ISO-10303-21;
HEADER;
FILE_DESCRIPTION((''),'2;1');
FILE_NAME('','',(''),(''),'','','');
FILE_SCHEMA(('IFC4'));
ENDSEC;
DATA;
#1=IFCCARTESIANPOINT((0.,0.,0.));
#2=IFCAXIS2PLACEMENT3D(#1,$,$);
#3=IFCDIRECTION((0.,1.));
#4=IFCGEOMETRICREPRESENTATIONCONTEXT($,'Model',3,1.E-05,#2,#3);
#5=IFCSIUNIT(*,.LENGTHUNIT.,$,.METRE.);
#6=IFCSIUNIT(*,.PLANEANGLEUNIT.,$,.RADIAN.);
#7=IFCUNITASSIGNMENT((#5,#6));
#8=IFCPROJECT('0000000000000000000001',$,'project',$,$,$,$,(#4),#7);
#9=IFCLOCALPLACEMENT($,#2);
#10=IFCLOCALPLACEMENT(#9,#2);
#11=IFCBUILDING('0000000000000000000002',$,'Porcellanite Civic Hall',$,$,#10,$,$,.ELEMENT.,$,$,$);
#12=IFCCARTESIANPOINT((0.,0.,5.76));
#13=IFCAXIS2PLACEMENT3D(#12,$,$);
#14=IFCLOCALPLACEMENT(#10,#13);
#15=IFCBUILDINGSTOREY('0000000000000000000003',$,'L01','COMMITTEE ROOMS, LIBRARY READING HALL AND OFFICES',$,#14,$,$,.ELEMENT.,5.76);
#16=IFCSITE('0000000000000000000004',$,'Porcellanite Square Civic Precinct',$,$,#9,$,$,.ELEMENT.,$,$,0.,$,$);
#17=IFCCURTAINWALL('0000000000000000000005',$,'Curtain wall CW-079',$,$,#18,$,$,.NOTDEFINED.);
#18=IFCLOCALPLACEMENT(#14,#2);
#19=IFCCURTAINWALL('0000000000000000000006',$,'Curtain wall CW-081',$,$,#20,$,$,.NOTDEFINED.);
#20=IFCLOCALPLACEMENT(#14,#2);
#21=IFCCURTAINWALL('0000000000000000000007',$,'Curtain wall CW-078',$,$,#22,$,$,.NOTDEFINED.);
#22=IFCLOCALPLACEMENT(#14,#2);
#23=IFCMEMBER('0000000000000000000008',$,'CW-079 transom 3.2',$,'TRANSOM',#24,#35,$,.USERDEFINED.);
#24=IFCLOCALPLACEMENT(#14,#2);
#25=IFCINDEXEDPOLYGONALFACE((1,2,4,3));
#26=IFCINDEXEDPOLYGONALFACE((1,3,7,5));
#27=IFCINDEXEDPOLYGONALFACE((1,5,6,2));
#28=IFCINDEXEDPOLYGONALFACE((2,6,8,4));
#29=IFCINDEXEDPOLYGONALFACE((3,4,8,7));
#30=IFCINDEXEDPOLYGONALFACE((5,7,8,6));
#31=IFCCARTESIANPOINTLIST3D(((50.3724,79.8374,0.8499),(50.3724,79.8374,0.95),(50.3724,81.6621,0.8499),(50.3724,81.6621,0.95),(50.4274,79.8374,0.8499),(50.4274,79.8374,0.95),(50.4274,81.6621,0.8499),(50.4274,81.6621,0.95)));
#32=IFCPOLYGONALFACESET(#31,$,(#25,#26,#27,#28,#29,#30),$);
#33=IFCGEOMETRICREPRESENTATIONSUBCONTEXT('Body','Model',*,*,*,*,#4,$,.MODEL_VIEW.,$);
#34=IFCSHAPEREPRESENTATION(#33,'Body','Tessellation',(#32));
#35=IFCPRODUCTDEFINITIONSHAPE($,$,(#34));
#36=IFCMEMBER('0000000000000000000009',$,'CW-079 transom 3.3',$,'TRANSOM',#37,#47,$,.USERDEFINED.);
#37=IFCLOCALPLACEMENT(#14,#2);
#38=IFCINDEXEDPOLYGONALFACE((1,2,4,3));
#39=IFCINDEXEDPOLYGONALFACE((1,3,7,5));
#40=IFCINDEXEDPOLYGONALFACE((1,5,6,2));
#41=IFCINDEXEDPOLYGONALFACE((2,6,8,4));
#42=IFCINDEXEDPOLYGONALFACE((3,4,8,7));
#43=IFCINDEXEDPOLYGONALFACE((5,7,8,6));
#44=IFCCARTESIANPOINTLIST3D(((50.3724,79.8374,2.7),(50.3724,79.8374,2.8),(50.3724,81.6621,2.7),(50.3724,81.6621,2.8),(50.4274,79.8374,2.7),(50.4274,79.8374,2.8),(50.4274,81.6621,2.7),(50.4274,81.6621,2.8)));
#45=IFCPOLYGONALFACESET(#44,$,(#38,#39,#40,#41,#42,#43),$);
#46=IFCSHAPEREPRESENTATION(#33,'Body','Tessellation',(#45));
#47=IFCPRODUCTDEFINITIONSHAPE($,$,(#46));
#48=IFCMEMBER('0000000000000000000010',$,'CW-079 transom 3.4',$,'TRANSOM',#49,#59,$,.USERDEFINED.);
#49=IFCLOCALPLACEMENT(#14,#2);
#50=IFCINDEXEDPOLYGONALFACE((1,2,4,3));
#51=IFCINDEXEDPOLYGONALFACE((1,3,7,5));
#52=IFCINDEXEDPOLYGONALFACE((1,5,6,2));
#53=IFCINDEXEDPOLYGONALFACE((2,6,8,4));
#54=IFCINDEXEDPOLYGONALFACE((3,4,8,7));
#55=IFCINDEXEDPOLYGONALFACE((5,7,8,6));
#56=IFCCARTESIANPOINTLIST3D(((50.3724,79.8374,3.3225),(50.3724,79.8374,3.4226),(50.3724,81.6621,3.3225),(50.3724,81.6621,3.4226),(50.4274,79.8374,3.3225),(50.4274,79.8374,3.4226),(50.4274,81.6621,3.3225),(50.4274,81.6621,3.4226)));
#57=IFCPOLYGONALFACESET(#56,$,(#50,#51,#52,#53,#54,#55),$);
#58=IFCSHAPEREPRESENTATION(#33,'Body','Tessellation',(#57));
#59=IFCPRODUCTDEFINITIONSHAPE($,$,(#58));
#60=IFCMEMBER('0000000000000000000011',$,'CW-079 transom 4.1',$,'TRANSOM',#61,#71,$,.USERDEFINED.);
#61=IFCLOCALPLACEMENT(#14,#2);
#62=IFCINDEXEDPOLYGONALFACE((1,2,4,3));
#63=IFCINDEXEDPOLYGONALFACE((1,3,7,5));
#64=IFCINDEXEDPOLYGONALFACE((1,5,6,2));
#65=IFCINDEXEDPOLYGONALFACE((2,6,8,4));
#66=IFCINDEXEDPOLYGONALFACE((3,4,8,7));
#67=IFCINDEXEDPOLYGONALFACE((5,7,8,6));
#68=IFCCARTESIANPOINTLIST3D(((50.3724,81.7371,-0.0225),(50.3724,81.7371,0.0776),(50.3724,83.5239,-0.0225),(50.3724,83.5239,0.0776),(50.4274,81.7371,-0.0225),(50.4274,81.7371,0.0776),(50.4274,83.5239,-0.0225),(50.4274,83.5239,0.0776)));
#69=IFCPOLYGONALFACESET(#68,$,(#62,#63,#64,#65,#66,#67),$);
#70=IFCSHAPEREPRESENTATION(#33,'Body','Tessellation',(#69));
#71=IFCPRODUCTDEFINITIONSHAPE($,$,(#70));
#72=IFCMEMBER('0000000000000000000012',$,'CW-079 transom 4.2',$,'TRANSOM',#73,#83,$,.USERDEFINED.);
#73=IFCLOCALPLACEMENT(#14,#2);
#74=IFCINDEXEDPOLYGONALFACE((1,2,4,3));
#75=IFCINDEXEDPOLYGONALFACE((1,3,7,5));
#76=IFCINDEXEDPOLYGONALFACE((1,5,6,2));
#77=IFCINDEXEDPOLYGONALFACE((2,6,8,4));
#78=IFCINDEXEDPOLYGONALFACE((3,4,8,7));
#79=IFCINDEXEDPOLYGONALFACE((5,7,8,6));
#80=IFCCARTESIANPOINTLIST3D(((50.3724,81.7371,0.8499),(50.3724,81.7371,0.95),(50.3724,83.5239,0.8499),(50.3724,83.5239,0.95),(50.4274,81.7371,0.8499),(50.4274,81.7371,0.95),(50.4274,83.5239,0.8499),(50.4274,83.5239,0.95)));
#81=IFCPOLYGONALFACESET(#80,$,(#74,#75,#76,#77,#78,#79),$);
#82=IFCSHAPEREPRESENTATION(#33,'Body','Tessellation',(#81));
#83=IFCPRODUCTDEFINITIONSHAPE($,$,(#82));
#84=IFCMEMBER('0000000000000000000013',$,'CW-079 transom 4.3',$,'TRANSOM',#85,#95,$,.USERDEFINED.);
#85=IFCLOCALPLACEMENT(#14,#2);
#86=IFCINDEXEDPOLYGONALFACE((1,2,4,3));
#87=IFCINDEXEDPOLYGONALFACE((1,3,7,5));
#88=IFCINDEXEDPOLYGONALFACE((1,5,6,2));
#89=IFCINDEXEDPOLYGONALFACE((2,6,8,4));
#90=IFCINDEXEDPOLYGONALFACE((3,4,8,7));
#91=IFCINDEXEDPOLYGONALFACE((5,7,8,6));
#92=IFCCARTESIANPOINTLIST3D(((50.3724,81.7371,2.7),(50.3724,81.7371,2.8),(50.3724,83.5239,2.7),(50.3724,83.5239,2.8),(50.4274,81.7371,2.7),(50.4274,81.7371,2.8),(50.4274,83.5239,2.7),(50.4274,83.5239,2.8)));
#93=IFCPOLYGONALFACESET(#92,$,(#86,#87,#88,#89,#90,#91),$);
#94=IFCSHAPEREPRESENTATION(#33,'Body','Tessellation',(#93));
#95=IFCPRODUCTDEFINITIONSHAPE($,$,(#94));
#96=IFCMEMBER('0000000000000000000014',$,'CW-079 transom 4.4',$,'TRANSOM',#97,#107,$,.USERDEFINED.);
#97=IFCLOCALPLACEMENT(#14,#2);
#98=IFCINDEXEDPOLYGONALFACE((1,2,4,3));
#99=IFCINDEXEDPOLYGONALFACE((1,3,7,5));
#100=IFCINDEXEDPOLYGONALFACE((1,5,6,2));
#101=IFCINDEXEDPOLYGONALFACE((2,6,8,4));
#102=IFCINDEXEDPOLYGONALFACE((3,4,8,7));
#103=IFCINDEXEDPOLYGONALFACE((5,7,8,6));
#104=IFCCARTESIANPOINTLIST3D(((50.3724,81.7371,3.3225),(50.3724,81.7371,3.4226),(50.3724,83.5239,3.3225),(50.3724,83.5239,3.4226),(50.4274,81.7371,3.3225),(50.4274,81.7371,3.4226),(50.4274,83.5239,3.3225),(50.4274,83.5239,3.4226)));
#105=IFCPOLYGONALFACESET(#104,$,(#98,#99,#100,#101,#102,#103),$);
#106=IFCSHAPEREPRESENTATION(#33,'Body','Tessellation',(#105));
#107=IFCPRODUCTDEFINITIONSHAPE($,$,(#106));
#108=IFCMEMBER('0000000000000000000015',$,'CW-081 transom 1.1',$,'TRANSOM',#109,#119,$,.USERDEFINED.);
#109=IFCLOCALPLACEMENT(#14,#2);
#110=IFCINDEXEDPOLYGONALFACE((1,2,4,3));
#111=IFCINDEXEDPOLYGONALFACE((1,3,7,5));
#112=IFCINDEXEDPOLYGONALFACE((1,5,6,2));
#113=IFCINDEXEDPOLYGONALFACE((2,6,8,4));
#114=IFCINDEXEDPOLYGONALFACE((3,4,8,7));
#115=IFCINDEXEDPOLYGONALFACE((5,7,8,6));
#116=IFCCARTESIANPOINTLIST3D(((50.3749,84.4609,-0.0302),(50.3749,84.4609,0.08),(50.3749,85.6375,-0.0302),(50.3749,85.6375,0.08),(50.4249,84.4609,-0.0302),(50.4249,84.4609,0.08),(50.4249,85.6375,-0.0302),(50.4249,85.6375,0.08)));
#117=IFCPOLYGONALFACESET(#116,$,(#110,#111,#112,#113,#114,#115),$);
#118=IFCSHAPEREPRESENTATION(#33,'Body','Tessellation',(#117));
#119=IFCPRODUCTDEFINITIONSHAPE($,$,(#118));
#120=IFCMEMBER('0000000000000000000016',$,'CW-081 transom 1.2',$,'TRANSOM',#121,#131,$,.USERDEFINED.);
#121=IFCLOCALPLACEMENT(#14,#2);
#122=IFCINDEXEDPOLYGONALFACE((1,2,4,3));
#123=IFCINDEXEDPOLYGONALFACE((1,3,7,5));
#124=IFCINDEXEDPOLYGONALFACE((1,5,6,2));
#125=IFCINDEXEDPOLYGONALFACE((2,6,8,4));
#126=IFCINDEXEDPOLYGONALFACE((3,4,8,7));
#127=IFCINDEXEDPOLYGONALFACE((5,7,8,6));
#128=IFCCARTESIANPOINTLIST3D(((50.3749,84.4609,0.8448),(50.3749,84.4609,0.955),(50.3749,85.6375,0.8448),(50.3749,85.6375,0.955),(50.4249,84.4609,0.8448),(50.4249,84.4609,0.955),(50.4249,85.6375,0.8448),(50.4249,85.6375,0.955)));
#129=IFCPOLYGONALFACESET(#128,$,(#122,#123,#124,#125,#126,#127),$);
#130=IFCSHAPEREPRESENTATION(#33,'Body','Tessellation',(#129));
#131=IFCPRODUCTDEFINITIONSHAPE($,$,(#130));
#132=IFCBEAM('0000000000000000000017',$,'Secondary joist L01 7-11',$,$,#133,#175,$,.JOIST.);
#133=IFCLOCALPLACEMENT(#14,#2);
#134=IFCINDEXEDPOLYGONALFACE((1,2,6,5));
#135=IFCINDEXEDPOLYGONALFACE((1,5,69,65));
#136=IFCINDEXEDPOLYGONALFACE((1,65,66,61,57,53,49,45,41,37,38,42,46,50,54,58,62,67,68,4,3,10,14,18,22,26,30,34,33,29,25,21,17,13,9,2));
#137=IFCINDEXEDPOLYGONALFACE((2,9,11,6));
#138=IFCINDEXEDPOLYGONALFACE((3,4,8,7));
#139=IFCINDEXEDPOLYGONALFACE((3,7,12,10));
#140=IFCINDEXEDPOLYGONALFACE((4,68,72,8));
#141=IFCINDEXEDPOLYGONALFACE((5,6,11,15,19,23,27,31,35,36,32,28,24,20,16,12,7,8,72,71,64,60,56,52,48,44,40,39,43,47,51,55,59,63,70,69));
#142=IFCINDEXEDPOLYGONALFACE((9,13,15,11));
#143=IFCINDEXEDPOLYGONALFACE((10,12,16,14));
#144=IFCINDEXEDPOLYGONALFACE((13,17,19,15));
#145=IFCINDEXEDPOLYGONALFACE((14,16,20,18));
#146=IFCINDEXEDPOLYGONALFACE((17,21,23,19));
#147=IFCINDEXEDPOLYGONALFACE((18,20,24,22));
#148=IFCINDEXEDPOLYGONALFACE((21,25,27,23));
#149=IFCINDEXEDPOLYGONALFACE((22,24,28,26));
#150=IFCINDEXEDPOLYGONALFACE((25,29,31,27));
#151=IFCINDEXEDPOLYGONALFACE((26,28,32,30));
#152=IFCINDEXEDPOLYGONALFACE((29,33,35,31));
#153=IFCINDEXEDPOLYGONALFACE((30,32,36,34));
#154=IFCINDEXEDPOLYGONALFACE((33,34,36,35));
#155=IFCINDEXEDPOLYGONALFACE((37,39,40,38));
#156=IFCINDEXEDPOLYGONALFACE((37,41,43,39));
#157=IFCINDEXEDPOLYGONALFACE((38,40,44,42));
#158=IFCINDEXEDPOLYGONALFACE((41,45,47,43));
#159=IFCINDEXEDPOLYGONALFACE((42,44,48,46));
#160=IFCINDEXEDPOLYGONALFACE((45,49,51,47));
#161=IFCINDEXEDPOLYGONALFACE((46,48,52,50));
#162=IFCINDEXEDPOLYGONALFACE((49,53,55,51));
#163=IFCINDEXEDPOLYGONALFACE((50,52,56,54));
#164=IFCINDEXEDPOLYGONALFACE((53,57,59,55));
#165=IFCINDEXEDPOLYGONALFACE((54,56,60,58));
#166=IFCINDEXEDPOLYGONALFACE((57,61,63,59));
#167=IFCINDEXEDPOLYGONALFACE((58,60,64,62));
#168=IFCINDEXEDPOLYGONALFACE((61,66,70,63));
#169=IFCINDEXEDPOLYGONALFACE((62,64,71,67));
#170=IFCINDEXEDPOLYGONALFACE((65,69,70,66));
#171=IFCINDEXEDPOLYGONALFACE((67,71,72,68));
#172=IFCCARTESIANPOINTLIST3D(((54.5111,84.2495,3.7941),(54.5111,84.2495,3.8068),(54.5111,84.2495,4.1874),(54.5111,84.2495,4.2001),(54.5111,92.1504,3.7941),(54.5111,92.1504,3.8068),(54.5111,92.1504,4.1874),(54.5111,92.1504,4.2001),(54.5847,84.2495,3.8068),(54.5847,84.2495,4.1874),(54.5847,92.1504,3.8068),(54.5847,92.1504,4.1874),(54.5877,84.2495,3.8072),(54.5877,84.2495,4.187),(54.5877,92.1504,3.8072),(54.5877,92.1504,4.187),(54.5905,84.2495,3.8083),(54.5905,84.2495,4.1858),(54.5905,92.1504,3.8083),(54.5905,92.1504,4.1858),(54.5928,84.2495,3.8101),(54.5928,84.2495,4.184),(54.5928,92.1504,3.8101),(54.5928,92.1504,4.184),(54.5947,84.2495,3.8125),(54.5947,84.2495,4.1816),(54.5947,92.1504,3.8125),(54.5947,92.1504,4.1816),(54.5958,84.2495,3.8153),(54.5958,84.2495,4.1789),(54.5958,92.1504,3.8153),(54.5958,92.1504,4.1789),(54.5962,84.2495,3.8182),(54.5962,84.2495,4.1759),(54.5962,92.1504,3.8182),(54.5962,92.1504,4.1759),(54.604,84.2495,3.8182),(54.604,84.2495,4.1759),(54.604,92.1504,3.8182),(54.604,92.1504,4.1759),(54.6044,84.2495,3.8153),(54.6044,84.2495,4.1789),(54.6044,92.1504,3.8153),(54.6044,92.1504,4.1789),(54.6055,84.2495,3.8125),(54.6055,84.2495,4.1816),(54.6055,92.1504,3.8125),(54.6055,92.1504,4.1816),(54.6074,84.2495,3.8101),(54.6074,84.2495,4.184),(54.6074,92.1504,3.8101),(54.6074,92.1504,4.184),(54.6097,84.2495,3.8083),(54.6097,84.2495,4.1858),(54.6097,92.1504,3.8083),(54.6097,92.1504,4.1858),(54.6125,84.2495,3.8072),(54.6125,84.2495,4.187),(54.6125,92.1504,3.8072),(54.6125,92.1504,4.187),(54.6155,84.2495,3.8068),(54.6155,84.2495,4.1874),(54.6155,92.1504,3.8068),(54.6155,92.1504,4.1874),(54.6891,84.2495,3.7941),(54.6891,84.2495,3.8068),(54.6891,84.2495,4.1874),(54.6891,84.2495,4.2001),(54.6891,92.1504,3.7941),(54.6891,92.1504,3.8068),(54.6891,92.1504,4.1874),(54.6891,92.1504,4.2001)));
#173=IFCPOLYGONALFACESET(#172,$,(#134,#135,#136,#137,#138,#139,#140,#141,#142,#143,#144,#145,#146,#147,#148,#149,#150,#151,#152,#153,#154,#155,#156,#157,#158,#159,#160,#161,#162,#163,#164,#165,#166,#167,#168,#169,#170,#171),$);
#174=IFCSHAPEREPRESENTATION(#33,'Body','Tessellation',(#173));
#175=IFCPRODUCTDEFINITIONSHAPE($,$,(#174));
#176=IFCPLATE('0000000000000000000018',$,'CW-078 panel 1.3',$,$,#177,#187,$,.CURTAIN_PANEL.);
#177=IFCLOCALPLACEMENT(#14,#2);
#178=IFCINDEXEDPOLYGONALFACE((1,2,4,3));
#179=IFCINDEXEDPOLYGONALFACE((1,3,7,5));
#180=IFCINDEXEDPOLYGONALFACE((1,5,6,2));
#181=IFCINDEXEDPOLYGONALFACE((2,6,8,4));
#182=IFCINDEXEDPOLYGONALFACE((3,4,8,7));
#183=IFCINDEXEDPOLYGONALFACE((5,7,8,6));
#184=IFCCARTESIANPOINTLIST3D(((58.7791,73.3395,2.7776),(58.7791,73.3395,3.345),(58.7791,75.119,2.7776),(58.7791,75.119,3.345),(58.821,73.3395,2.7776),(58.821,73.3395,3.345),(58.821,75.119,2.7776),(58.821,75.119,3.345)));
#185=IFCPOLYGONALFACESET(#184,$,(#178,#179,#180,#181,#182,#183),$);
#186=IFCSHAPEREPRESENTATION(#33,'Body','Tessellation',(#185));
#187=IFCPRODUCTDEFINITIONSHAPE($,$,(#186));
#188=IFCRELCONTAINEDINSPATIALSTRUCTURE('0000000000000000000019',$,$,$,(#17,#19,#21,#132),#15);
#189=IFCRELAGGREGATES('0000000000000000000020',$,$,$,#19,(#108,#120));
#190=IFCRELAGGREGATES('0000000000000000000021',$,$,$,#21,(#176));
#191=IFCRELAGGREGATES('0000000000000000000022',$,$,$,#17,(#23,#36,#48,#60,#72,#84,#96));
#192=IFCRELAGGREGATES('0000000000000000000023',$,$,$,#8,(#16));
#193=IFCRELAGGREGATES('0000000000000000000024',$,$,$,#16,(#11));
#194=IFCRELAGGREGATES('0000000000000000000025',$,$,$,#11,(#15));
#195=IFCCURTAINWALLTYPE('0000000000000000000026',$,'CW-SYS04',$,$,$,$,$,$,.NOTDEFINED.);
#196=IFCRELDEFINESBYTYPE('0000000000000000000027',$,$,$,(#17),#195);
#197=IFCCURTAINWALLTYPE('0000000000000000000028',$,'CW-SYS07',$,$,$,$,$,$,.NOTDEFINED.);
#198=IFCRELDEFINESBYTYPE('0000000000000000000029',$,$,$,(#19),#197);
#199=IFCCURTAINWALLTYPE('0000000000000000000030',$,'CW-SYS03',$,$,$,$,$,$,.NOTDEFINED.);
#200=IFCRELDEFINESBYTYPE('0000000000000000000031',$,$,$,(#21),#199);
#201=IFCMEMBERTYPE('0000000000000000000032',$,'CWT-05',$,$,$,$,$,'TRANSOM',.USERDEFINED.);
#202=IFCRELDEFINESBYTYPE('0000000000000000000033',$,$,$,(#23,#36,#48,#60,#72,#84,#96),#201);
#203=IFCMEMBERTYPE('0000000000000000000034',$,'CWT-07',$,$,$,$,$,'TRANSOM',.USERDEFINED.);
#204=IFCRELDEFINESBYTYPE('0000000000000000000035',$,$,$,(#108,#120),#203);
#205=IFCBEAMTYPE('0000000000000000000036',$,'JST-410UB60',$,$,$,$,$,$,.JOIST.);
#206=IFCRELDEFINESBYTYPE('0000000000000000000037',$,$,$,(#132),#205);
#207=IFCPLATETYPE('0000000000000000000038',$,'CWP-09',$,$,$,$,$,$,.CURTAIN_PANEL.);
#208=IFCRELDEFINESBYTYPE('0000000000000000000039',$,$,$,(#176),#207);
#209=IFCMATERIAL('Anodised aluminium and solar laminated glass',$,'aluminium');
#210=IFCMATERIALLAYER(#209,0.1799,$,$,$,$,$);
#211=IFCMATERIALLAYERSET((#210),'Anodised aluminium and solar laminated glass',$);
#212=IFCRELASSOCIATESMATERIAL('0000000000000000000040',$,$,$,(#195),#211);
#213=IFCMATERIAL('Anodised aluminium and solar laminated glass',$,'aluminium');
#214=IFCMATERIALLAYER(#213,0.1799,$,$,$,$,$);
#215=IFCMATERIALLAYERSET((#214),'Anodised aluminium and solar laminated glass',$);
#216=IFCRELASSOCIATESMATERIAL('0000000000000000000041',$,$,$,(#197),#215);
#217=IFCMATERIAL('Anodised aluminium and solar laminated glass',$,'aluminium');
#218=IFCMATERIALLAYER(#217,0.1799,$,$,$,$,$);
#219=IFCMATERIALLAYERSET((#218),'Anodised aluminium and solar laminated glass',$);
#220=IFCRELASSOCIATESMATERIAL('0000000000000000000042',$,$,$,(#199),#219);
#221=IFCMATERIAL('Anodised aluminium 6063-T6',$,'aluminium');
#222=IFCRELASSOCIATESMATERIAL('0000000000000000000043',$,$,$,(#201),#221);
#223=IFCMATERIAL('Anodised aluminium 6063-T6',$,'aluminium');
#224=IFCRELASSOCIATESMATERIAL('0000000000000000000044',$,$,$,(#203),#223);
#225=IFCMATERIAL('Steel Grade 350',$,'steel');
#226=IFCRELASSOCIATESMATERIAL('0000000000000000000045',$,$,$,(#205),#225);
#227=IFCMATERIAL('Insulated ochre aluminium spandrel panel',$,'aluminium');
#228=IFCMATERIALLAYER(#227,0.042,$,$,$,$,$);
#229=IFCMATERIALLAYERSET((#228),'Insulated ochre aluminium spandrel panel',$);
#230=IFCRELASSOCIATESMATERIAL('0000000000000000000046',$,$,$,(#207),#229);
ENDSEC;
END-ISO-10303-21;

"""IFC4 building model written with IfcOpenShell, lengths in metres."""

from ifc_helpers import new_model, si_unit, direction, frame, origin, origin_2d, place, context, subcontext, project, spatial, rectangle, i_section, extrude, material, layer, layer_set, material_profile, profile_set, type_object, element, aggregate, save


model = new_model("IFC4")

# Units and contexts
model_context = context("Model", 3, precision=1e-05, world=origin(), true_north=direction((0.0, 1.0)))
body_context = subcontext(model_context, "Body", "Model", "MODEL_VIEW")
ifc_project = project(units=[si_unit("LENGTHUNIT", "METRE"), si_unit("PLANEANGLEUNIT", "RADIAN")], contexts=[model_context])

# Site, building, storey
site_placement = place(None, origin())
site = spatial("IfcSite", under=ifc_project, at=site_placement, Name="Porcellanite Square Civic Precinct", CompositionType="ELEMENT", RefElevation=0.0)
building_placement = place(site_placement, origin())
building = spatial("IfcBuilding", under=site, at=building_placement, Name="Porcellanite Civic Hall", CompositionType="ELEMENT")
storey_placement = place(building_placement, frame((0.0, 0.0, 5.76)))
storey = spatial("IfcBuildingStorey", under=building, at=storey_placement, Name="L01", Description="COMMITTEE ROOMS, LIBRARY READING HALL AND OFFICES", CompositionType="ELEMENT", Elevation=5.76)

# Curtain wall
ifc_material_1 = material(Name="Anodised aluminium and solar laminated glass", Category="aluminium")
ifc_layer_1 = layer(ifc_material_1, 0.1799)
ifc_layer_set_1 = layer_set([ifc_layer_1], Name="Anodised aluminium and solar laminated glass")
curtain_wall_type_1 = type_object("IfcCurtainWallType", Name="CW-SYS04", PredefinedType="NOTDEFINED", material=ifc_layer_set_1)
curtain_wall_1_placement = place(storey_placement, origin())
curtain_wall_1 = element("IfcCurtainWall", 1, at=curtain_wall_1_placement, inside=storey, type_object=curtain_wall_type_1, Name="Curtain wall CW-079", PredefinedType="NOTDEFINED")

# Curtain wall
ifc_material_2 = material(Name="Anodised aluminium and solar laminated glass", Category="aluminium")
ifc_layer_2 = layer(ifc_material_2, 0.1799)
ifc_layer_set_2 = layer_set([ifc_layer_2], Name="Anodised aluminium and solar laminated glass")
curtain_wall_type_2 = type_object("IfcCurtainWallType", Name="CW-SYS07", PredefinedType="NOTDEFINED", material=ifc_layer_set_2)
curtain_wall_2_placement = place(storey_placement, origin())
curtain_wall_2 = element("IfcCurtainWall", 2, at=curtain_wall_2_placement, inside=storey, type_object=curtain_wall_type_2, Name="Curtain wall CW-081", PredefinedType="NOTDEFINED")

# Curtain wall
ifc_material_3 = material(Name="Anodised aluminium and solar laminated glass", Category="aluminium")
ifc_layer_3 = layer(ifc_material_3, 0.1799)
ifc_layer_set_3 = layer_set([ifc_layer_3], Name="Anodised aluminium and solar laminated glass")
curtain_wall_type_3 = type_object("IfcCurtainWallType", Name="CW-SYS03", PredefinedType="NOTDEFINED", material=ifc_layer_set_3)
curtain_wall_3_placement = place(storey_placement, origin())
curtain_wall_3 = element("IfcCurtainWall", 3, at=curtain_wall_3_placement, inside=storey, type_object=curtain_wall_type_3, Name="Curtain wall CW-078", PredefinedType="NOTDEFINED")

# Members
ifc_material_4 = material(Name="Anodised aluminium 6063-T6", Category="aluminium")
ifc_material_profile_1 = material_profile(ifc_material_4, rectangle(XDim=0.0549, YDim=0.1001, at=origin_2d()), Name="AL-55x100")
ifc_profile_set_1 = profile_set([ifc_material_profile_1], Name="Anodised aluminium 6063-T6")
member_type_1 = type_object("IfcMemberType", Name="CWT-05", ElementType="TRANSOM", PredefinedType="USERDEFINED", material=ifc_profile_set_1)
member_1_placement = place(storey_placement, frame((50.3999, 79.8374, 0.8999), z_axis=(0.0, 1.0, 0.0), x_axis=(-1.0, 0.0, 0.0)))
member_1 = element("IfcMember", 4, at=member_1_placement, type_object=member_type_1, Name="CW-079 transom 3.2", ObjectType="TRANSOM", PredefinedType="USERDEFINED", context=body_context, shape_type="SweptSolid", body=[
    extrude(rectangle(XDim=0.0549, YDim=0.1001, at=origin_2d()), origin(), (0.0, 0.0, 1.0), 1.8247),
])
member_2_placement = place(storey_placement, frame((50.3999, 79.8374, 2.75), z_axis=(0.0, 1.0, 0.0), x_axis=(-1.0, 0.0, 0.0)))
member_2 = element("IfcMember", 5, at=member_2_placement, type_object=member_type_1, Name="CW-079 transom 3.3", ObjectType="TRANSOM", PredefinedType="USERDEFINED", context=body_context, shape_type="SweptSolid", body=[
    extrude(rectangle(XDim=0.0549, YDim=0.1001, at=origin_2d()), origin(), (0.0, 0.0, 1.0), 1.8247),
])
member_3_placement = place(storey_placement, frame((50.3999, 79.8374, 3.3726), z_axis=(0.0, 1.0, 0.0), x_axis=(-1.0, 0.0, 0.0)))
member_3 = element("IfcMember", 6, at=member_3_placement, type_object=member_type_1, Name="CW-079 transom 3.4", ObjectType="TRANSOM", PredefinedType="USERDEFINED", context=body_context, shape_type="SweptSolid", body=[
    extrude(rectangle(XDim=0.0549, YDim=0.1001, at=origin_2d()), origin(), (0.0, 0.0, 1.0), 1.8247),
])
member_4_placement = place(storey_placement, frame((50.3999, 81.7371, 0.0276), z_axis=(0.0, 1.0, 0.0), x_axis=(-1.0, 0.0, 0.0)))
member_4 = element("IfcMember", 7, at=member_4_placement, type_object=member_type_1, Name="CW-079 transom 4.1", ObjectType="TRANSOM", PredefinedType="USERDEFINED", context=body_context, shape_type="SweptSolid", body=[
    extrude(rectangle(XDim=0.0549, YDim=0.1001, at=origin_2d()), origin(), (0.0, 0.0, 1.0), 1.7869),
])
member_5_placement = place(storey_placement, frame((50.3999, 81.7371, 0.8999), z_axis=(0.0, 1.0, 0.0), x_axis=(-1.0, 0.0, 0.0)))
member_5 = element("IfcMember", 8, at=member_5_placement, type_object=member_type_1, Name="CW-079 transom 4.2", ObjectType="TRANSOM", PredefinedType="USERDEFINED", context=body_context, shape_type="SweptSolid", body=[
    extrude(rectangle(XDim=0.0549, YDim=0.1001, at=origin_2d()), origin(), (0.0, 0.0, 1.0), 1.7869),
])
member_6_placement = place(storey_placement, frame((50.3999, 81.7371, 2.75), z_axis=(0.0, 1.0, 0.0), x_axis=(-1.0, 0.0, 0.0)))
member_6 = element("IfcMember", 9, at=member_6_placement, type_object=member_type_1, Name="CW-079 transom 4.3", ObjectType="TRANSOM", PredefinedType="USERDEFINED", context=body_context, shape_type="SweptSolid", body=[
    extrude(rectangle(XDim=0.0549, YDim=0.1001, at=origin_2d()), origin(), (0.0, 0.0, 1.0), 1.7869),
])
member_7_placement = place(storey_placement, frame((50.3999, 81.7371, 3.3726), z_axis=(0.0, 1.0, 0.0), x_axis=(-1.0, 0.0, 0.0)))
member_7 = element("IfcMember", 10, at=member_7_placement, type_object=member_type_1, Name="CW-079 transom 4.4", ObjectType="TRANSOM", PredefinedType="USERDEFINED", context=body_context, shape_type="SweptSolid", body=[
    extrude(rectangle(XDim=0.0549, YDim=0.1001, at=origin_2d()), origin(), (0.0, 0.0, 1.0), 1.7869),
])
ifc_material_5 = material(Name="Anodised aluminium 6063-T6", Category="aluminium")
ifc_material_profile_2 = material_profile(ifc_material_5, rectangle(XDim=0.05, YDim=0.1101, at=origin_2d()), Name="AL-50x110")
ifc_profile_set_2 = profile_set([ifc_material_profile_2], Name="Anodised aluminium 6063-T6")
member_type_2 = type_object("IfcMemberType", Name="CWT-07", ElementType="TRANSOM", PredefinedType="USERDEFINED", material=ifc_profile_set_2)
member_8_placement = place(storey_placement, frame((50.3999, 84.4609, 0.0249), z_axis=(0.0, 1.0, 0.0), x_axis=(-1.0, 0.0, 0.0)))
member_8 = element("IfcMember", 11, at=member_8_placement, type_object=member_type_2, Name="CW-081 transom 1.1", ObjectType="TRANSOM", PredefinedType="USERDEFINED", context=body_context, shape_type="SweptSolid", body=[
    extrude(rectangle(XDim=0.05, YDim=0.1101, at=origin_2d()), origin(), (0.0, 0.0, 1.0), 1.1765),
])
member_9_placement = place(storey_placement, frame((50.3999, 84.4609, 0.8999), z_axis=(0.0, 1.0, 0.0), x_axis=(-1.0, 0.0, 0.0)))
member_9 = element("IfcMember", 12, at=member_9_placement, type_object=member_type_2, Name="CW-081 transom 1.2", ObjectType="TRANSOM", PredefinedType="USERDEFINED", context=body_context, shape_type="SweptSolid", body=[
    extrude(rectangle(XDim=0.05, YDim=0.1101, at=origin_2d()), origin(), (0.0, 0.0, 1.0), 1.1765),
])
aggregate(curtain_wall_2, [member_8, member_9])

# Beam
ifc_material_6 = material(Name="Steel Grade 350", Category="steel")
ifc_material_profile_3 = material_profile(ifc_material_6, i_section(OverallWidth=0.178, OverallDepth=0.406, WebThickness=0.0078, FlangeThickness=0.0127, FilletRadius=0.0115, at=origin_2d()), Name="410UB59.7")
ifc_profile_set_3 = profile_set([ifc_material_profile_3], Name="Steel Grade 350")
beam_type_1 = type_object("IfcBeamType", Name="JST-410UB60", PredefinedType="JOIST", material=ifc_profile_set_3)
beam_1_placement = place(storey_placement, frame((54.6001, 84.2495, 3.9971), z_axis=(0.0, 1.0, 0.0), x_axis=(-1.0, 0.0, 0.0)))
element("IfcBeam", 13, at=beam_1_placement, inside=storey, type_object=beam_type_1, Name="Secondary joist L01 7-11", PredefinedType="JOIST", context=body_context, shape_type="SweptSolid", body=[
    extrude(i_section(OverallWidth=0.178, OverallDepth=0.406, WebThickness=0.0078, FlangeThickness=0.0127, FilletRadius=0.0115, at=origin_2d()), origin(), (0.0, 0.0, 1.0), 7.9009),
])

# Plate
ifc_material_7 = material(Name="Insulated ochre aluminium spandrel panel", Category="aluminium")
ifc_layer_4 = layer(ifc_material_7, 0.042)
ifc_layer_set_4 = layer_set([ifc_layer_4], Name="Insulated ochre aluminium spandrel panel")
plate_type_1 = type_object("IfcPlateType", Name="CWP-09", PredefinedType="CURTAIN_PANEL", material=ifc_layer_set_4)
plate_1_placement = place(storey_placement, frame((58.8, 74.2292, 2.7776), z_axis=(0.0, 0.0, 1.0), x_axis=(0.0, -1.0, 0.0)))
plate_1 = element("IfcPlate", 14, at=plate_1_placement, type_object=plate_type_1, Name="CW-078 panel 1.3", PredefinedType="CURTAIN_PANEL", context=body_context, shape_type="SweptSolid", body=[
    extrude(rectangle(XDim=1.7795, YDim=0.042, at=origin_2d()), origin(), (0.0, 0.0, 1.0), 0.5674),
])
aggregate(curtain_wall_3, [plate_1])
aggregate(curtain_wall_1, [member_1, member_2, member_3, member_4, member_5, member_6, member_7])

save(model, "model.ifc")
